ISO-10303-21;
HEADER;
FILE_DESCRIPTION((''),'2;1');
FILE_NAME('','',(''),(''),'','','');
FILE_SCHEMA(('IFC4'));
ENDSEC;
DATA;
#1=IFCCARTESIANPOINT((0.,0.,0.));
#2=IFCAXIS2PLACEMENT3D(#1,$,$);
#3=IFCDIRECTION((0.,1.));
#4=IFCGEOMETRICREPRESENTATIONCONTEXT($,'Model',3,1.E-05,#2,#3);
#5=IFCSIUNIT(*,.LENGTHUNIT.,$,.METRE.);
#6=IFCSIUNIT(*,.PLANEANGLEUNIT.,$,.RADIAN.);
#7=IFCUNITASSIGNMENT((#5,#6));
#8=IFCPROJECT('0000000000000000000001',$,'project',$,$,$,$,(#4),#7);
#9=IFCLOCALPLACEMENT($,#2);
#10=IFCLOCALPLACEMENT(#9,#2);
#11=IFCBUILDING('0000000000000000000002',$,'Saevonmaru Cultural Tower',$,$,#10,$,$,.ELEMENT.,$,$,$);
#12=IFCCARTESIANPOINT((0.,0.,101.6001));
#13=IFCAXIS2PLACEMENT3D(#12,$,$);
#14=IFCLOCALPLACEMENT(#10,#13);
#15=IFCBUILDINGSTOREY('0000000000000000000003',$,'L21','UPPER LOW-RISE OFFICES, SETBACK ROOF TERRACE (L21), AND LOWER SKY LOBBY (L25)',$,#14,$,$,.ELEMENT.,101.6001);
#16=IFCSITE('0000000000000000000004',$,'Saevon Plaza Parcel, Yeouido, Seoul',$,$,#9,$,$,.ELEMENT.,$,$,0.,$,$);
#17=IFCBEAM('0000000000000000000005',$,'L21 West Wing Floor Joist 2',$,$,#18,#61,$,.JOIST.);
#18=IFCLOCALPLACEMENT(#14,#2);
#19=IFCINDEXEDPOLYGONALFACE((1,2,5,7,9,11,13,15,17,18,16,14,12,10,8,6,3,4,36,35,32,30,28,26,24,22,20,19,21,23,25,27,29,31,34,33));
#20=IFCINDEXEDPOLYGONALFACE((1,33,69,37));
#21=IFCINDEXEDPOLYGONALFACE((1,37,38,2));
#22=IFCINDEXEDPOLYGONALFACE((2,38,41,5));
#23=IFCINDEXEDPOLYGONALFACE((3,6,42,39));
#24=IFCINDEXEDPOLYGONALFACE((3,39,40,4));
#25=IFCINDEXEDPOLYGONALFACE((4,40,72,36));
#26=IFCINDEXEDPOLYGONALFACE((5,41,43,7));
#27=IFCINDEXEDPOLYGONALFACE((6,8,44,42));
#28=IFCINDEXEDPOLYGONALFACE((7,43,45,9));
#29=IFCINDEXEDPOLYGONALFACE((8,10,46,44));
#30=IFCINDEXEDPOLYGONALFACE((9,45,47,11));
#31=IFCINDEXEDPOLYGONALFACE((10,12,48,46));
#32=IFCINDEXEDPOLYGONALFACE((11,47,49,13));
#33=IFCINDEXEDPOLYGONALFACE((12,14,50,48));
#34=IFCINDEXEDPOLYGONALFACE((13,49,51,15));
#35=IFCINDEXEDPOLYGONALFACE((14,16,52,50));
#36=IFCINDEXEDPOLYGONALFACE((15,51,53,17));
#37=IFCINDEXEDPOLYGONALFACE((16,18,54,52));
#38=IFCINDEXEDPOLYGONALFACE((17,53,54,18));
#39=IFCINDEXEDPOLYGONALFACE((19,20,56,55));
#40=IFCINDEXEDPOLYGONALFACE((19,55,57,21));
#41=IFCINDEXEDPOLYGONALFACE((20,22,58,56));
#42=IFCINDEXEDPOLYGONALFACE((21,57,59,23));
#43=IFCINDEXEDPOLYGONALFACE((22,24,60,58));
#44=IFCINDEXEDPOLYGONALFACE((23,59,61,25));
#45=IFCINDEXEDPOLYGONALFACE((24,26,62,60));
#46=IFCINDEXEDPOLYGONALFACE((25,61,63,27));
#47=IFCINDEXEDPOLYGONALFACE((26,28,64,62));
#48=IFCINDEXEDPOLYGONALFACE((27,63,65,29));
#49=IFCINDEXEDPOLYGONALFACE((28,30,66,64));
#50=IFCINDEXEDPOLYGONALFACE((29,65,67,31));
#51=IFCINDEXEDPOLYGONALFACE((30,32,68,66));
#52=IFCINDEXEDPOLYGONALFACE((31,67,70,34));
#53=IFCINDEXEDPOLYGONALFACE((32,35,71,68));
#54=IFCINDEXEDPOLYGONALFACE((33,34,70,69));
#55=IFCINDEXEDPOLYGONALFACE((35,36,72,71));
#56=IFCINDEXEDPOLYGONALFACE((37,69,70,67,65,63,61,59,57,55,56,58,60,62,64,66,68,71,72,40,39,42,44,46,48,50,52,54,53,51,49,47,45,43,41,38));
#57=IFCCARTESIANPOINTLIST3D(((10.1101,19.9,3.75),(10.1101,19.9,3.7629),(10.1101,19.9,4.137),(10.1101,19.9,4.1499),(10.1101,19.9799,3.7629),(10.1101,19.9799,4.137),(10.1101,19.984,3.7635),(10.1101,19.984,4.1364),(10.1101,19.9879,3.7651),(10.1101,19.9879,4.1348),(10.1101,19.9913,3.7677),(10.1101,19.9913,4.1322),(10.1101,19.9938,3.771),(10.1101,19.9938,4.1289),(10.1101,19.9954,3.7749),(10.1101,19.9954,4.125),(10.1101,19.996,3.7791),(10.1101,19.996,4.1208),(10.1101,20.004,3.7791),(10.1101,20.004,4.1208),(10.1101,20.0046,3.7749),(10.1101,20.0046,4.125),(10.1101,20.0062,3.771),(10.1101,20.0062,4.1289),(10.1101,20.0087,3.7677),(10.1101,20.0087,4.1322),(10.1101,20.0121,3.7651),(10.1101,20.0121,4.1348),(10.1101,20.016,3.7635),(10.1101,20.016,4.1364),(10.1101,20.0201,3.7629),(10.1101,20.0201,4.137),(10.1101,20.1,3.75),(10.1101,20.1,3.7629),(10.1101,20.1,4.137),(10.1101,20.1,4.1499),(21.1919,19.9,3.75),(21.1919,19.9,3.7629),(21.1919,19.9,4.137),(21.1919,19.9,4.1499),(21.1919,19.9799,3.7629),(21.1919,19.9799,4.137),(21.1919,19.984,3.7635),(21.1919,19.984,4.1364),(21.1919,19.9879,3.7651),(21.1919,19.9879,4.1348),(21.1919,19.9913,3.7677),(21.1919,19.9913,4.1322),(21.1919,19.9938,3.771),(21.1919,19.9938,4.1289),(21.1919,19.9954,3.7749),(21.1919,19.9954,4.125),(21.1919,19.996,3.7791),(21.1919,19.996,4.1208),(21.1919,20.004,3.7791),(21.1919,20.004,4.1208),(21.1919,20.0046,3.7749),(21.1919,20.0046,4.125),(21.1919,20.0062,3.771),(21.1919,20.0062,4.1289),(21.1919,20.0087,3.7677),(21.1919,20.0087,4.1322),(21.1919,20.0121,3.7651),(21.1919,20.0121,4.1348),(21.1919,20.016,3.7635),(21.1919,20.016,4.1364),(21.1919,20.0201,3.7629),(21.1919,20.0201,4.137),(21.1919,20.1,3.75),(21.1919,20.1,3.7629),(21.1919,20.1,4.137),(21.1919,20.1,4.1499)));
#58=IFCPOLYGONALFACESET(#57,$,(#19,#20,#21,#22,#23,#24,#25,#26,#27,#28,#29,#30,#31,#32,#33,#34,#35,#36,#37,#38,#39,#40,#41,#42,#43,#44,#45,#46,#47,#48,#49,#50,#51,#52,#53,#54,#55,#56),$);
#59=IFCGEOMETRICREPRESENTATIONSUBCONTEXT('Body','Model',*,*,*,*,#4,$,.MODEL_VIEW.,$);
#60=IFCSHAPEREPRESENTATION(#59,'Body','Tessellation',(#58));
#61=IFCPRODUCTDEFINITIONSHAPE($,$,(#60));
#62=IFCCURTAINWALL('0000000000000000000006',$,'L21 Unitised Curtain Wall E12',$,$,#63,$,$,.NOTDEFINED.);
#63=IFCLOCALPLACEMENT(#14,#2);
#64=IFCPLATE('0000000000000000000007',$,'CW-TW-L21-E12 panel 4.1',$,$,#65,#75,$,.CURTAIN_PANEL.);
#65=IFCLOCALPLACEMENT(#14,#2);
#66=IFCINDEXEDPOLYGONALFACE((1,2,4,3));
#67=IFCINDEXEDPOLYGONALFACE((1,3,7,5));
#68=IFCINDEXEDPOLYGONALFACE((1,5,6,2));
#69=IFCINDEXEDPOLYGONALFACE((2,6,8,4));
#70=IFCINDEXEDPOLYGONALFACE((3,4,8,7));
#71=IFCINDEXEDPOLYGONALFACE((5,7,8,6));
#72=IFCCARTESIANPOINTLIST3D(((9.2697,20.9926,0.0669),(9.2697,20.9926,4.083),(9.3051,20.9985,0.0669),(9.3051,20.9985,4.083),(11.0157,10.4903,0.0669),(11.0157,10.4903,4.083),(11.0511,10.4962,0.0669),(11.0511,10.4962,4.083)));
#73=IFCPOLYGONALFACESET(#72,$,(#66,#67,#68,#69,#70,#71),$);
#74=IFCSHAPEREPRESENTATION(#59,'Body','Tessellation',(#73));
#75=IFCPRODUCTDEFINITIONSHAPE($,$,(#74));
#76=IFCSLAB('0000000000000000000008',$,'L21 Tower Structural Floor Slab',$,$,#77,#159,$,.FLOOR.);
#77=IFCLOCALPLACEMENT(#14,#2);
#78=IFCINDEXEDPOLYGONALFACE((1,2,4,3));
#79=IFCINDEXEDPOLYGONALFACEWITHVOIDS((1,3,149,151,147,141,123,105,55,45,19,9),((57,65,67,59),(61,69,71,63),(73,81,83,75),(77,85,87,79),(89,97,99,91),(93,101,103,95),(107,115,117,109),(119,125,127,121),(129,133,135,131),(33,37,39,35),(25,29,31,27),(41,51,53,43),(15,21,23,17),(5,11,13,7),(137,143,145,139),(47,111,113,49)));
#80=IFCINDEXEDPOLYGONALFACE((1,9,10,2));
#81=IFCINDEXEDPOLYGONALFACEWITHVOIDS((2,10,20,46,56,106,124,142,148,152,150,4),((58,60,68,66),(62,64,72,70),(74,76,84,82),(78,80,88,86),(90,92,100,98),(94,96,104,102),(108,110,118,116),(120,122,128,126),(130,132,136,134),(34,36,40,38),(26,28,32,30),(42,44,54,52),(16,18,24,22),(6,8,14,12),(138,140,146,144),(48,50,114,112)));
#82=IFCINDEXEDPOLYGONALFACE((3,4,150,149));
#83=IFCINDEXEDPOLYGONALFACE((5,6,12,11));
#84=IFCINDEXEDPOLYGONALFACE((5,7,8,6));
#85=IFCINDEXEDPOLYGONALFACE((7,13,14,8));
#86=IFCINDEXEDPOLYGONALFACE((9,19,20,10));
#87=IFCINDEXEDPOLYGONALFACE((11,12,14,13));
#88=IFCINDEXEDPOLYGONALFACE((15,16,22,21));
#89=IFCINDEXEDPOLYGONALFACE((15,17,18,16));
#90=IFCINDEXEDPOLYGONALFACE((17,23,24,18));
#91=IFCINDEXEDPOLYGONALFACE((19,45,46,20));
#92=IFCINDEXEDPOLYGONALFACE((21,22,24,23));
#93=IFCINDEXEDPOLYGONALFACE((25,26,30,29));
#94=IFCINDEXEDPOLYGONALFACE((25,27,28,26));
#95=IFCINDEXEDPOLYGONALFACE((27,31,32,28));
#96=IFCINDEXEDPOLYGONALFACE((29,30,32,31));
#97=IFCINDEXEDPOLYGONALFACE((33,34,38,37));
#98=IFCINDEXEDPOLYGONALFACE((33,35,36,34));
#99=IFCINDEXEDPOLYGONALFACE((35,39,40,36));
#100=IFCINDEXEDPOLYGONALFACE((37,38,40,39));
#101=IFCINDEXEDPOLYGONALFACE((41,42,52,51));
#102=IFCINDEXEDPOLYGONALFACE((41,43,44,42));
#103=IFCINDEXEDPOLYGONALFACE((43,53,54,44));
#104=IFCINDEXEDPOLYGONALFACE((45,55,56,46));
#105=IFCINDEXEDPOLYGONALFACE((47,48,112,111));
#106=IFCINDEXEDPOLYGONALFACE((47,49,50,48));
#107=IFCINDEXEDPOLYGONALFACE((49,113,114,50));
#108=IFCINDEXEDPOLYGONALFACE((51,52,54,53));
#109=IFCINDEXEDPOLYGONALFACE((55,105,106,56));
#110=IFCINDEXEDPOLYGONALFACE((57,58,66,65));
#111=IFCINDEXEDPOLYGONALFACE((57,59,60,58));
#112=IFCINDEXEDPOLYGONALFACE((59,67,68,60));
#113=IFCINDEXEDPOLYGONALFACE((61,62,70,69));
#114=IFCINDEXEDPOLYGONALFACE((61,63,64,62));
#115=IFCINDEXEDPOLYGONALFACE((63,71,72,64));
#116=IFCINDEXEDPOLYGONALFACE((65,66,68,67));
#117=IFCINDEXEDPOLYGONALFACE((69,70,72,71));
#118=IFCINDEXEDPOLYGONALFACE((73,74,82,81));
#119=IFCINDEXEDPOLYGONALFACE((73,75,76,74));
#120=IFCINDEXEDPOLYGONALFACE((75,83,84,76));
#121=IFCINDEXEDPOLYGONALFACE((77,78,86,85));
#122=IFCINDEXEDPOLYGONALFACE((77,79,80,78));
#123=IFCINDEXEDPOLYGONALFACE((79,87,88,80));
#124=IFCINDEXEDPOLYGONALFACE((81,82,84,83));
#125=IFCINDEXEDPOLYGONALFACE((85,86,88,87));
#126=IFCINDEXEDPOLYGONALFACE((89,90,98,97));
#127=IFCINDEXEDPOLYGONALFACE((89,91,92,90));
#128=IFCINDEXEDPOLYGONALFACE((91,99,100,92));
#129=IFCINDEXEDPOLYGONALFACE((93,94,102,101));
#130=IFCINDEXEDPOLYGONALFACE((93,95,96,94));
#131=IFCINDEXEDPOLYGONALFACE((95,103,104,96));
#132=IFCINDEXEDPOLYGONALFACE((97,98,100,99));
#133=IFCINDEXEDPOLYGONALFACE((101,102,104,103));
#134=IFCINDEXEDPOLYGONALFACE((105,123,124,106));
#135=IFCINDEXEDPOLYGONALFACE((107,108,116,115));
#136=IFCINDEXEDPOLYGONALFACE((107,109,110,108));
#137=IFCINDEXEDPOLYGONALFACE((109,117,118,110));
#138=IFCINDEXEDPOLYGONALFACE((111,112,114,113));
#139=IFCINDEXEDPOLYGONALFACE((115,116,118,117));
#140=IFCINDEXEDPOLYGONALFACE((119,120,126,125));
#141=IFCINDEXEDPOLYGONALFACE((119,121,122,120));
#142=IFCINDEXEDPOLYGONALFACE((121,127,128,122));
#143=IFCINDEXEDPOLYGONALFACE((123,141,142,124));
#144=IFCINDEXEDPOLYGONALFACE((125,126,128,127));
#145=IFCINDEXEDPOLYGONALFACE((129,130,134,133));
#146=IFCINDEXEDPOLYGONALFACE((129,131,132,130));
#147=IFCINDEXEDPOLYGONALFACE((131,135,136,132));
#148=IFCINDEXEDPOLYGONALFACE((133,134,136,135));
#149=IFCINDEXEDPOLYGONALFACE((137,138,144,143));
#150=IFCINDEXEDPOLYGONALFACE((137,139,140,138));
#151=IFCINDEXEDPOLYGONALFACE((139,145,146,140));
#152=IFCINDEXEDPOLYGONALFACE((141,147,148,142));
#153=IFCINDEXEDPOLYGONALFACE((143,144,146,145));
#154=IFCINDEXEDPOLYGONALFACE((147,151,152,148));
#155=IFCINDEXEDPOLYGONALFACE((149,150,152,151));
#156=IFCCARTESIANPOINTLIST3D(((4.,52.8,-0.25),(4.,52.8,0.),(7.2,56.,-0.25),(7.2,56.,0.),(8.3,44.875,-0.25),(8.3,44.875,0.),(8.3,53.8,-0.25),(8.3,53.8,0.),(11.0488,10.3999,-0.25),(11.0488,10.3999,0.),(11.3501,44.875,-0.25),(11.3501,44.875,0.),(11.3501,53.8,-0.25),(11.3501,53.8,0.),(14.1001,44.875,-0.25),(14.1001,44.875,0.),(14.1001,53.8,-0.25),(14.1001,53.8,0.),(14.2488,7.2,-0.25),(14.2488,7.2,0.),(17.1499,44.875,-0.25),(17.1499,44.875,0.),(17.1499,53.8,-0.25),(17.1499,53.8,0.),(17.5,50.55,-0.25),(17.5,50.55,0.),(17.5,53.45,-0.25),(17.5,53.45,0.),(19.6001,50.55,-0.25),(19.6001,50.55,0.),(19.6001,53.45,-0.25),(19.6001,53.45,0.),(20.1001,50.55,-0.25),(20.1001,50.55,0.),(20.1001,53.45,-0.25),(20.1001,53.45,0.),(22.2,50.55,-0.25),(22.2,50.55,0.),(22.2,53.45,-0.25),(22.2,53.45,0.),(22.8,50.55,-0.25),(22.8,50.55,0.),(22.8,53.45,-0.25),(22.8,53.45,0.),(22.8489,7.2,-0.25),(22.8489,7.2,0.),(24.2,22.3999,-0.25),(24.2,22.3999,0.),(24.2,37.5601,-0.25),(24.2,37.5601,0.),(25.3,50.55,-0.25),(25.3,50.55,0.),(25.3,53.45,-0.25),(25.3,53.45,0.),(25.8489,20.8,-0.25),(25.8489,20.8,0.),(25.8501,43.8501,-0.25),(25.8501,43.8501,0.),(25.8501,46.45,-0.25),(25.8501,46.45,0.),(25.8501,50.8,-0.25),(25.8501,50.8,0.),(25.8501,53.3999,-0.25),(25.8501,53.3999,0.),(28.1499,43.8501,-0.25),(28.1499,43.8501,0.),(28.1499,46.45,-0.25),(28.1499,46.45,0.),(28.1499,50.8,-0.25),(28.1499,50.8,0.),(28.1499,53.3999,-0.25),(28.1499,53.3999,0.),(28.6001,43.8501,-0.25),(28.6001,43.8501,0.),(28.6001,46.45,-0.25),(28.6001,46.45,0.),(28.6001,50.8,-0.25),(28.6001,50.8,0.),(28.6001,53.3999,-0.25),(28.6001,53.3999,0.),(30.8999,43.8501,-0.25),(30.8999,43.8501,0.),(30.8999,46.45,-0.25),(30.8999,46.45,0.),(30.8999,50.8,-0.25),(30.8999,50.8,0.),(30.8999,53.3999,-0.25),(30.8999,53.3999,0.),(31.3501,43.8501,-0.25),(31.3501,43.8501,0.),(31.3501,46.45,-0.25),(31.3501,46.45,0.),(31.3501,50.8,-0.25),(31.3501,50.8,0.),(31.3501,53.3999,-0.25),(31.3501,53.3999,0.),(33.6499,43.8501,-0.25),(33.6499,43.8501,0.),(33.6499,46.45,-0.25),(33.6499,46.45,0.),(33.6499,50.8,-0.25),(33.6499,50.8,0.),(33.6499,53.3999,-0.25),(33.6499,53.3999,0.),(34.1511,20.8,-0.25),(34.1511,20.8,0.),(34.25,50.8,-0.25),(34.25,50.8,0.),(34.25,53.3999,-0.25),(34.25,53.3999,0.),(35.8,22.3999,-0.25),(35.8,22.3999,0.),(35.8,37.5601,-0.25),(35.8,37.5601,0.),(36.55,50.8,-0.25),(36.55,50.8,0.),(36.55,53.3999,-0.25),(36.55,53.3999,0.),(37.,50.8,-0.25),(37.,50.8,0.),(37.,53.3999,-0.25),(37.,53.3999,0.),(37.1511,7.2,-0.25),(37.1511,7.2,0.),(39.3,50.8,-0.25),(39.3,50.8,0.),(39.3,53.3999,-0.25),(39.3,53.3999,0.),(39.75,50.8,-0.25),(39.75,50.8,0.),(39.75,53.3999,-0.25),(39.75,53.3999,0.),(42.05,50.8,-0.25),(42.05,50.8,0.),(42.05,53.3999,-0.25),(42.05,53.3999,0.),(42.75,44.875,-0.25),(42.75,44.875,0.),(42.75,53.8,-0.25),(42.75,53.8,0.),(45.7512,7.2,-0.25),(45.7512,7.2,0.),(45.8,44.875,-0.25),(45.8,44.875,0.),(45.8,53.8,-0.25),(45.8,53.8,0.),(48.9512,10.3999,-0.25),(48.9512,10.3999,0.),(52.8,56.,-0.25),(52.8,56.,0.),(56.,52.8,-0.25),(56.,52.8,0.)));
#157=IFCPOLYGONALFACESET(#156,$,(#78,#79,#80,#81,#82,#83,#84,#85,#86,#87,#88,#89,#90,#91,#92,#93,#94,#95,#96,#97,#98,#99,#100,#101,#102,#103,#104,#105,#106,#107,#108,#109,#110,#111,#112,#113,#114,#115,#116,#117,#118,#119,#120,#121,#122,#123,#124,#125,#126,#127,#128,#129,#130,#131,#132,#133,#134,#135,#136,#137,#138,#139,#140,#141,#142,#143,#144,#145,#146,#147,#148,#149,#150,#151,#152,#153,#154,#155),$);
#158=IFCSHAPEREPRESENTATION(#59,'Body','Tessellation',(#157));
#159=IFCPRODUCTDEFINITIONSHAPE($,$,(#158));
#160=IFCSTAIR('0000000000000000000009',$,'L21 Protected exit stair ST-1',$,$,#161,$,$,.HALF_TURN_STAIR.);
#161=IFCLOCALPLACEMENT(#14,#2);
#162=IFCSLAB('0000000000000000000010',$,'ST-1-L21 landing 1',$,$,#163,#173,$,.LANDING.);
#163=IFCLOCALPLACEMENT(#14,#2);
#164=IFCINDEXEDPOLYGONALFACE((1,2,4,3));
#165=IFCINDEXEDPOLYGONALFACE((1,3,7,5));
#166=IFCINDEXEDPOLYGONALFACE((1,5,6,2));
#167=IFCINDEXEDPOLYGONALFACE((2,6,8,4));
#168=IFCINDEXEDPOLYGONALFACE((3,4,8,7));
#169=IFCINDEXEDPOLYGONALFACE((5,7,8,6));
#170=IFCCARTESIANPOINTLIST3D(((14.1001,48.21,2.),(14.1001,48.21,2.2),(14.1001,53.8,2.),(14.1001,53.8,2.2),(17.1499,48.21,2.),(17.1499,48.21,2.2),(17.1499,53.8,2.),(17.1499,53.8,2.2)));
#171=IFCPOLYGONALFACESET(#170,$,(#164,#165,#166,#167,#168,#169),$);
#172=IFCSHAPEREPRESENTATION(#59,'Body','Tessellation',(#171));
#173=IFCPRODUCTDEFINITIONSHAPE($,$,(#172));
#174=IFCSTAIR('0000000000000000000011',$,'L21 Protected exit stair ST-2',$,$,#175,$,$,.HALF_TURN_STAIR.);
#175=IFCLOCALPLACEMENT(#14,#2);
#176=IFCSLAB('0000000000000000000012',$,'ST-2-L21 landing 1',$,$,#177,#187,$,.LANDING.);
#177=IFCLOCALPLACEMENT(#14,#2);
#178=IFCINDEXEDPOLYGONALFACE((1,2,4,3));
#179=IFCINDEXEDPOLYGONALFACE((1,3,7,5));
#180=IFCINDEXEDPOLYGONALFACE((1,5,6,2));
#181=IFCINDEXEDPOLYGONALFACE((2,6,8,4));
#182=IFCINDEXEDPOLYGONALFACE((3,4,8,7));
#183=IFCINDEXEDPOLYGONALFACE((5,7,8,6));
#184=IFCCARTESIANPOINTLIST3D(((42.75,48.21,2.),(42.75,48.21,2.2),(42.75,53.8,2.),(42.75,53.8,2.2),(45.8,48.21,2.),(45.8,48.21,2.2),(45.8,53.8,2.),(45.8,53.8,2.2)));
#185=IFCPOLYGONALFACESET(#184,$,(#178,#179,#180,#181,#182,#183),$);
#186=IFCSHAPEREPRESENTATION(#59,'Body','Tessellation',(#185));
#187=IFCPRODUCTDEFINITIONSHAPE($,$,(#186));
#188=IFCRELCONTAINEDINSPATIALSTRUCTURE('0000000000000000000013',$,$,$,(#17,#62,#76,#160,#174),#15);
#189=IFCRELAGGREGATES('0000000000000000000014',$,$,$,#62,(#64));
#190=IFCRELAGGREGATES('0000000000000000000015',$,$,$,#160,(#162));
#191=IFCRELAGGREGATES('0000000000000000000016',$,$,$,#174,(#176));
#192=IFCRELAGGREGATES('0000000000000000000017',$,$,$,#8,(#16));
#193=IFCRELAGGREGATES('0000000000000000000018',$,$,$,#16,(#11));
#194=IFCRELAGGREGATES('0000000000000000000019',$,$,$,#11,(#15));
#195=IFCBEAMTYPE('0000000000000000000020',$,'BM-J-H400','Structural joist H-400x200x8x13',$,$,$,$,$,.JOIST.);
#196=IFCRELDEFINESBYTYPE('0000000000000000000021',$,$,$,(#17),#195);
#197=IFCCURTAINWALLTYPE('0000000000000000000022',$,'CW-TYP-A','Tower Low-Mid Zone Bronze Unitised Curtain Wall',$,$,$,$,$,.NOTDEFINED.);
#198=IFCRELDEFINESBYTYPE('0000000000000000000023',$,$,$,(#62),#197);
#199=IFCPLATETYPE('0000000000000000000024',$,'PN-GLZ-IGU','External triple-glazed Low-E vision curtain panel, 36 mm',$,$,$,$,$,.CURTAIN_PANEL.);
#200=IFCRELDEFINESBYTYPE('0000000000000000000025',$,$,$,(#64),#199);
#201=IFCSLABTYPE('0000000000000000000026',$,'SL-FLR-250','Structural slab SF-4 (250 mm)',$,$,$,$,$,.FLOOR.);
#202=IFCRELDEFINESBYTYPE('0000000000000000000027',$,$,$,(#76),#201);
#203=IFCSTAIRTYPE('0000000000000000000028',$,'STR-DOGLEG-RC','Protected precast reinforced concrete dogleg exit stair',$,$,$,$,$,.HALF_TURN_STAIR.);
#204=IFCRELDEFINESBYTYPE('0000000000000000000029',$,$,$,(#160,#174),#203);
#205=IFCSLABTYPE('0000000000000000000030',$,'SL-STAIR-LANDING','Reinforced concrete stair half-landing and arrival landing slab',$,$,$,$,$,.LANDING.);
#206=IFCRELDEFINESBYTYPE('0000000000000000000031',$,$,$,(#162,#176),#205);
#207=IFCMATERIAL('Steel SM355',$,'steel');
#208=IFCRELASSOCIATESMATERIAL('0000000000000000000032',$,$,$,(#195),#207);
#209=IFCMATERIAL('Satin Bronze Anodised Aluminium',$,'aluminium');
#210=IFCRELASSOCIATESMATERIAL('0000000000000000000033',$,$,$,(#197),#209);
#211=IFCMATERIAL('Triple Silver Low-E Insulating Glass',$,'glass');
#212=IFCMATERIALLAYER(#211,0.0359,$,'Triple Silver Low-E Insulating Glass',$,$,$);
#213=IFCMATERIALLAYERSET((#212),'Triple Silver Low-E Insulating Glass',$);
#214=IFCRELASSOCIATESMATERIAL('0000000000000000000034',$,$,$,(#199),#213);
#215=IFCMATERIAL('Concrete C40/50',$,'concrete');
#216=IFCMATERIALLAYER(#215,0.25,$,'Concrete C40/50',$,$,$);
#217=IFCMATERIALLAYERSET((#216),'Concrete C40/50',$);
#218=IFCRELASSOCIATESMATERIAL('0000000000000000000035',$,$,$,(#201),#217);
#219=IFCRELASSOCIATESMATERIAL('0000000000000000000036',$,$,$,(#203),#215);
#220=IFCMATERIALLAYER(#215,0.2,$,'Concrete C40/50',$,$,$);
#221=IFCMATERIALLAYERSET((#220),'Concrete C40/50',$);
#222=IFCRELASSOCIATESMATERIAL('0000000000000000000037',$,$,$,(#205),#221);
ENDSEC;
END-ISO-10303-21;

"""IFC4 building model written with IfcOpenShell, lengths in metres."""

from ifc_helpers import new_model, si_unit, direction, frame, origin, origin_2d, place, context, subcontext, project, spatial, polyline, rectangle, i_section, outline, extrude, material, layer, layer_set, material_profile, profile_set, type_object, element, aggregate, save


model = new_model("IFC4")

# Units and contexts
model_context = context("Model", 3, precision=1e-05, world=origin(), true_north=direction((0.0, 1.0)))
body_context = subcontext(model_context, "Body", "Model", "MODEL_VIEW")
ifc_project = project(units=[si_unit("LENGTHUNIT", "METRE"), si_unit("PLANEANGLEUNIT", "RADIAN")], contexts=[model_context])

# Site, building, storey
site_placement = place(None, origin())
site = spatial("IfcSite", under=ifc_project, at=site_placement, Name="Saevon Plaza Parcel, Yeouido, Seoul", CompositionType="ELEMENT", RefElevation=0.0)
building_placement = place(site_placement, origin())
building = spatial("IfcBuilding", under=site, at=building_placement, Name="Saevonmaru Cultural Tower", CompositionType="ELEMENT")
storey_placement = place(building_placement, frame((0.0, 0.0, 101.6001)))
storey = spatial("IfcBuildingStorey", under=building, at=storey_placement, Name="L21", Description="UPPER LOW-RISE OFFICES, SETBACK ROOF TERRACE (L21), AND LOWER SKY LOBBY (L25)", CompositionType="ELEMENT", Elevation=101.6001)

# Beam
ifc_material_1 = material(Name="Steel SM355", Category="steel")
ifc_material_profile = material_profile(ifc_material_1, i_section(OverallWidth=0.2, OverallDepth=0.3999, WebThickness=0.0081, FlangeThickness=0.0129, FilletRadius=0.0161, at=origin_2d()), Name="H-400x200x8x13")
ifc_profile_set = profile_set([ifc_material_profile], Name="Steel SM355")
beam_type = type_object("IfcBeamType", Name="BM-J-H400", Description="Structural joist H-400x200x8x13", PredefinedType="JOIST", material=ifc_profile_set)
beam_placement = place(storey_placement, frame((10.1101, 20.0, 3.95), z_axis=(1.0, 0.0, 0.0), x_axis=(0.0, 1.0, 0.0)))
element("IfcBeam", 1, at=beam_placement, inside=storey, type_object=beam_type, Name="L21 West Wing Floor Joist 2", PredefinedType="JOIST", context=body_context, shape_type="SweptSolid", body=[
    extrude(i_section(OverallWidth=0.2, OverallDepth=0.3999, WebThickness=0.0081, FlangeThickness=0.0129, FilletRadius=0.0161, at=origin_2d()), origin(), (0.0, 0.0, 1.0), 11.0818),
])

# Curtain wall, plate
ifc_material_2 = material(Name="Satin Bronze Anodised Aluminium", Category="aluminium")
curtain_wall_type = type_object("IfcCurtainWallType", Name="CW-TYP-A", Description="Tower Low-Mid Zone Bronze Unitised Curtain Wall", PredefinedType="NOTDEFINED", material=ifc_material_2)
curtain_wall_placement = place(storey_placement, origin())
curtain_wall = element("IfcCurtainWall", 2, at=curtain_wall_placement, inside=storey, type_object=curtain_wall_type, Name="L21 Unitised Curtain Wall E12", PredefinedType="NOTDEFINED")
ifc_material_3 = material(Name="Triple Silver Low-E Insulating Glass", Category="glass")
ifc_layer_1 = layer(ifc_material_3, 0.0359, Name="Triple Silver Low-E Insulating Glass")
ifc_layer_set_1 = layer_set([ifc_layer_1], Name="Triple Silver Low-E Insulating Glass")
plate_type = type_object("IfcPlateType", Name="PN-GLZ-IGU", Description="External triple-glazed Low-E vision curtain panel, 36 mm", PredefinedType="CURTAIN_PANEL", material=ifc_layer_set_1)
plate_placement = place(storey_placement, frame((10.1604, 15.7444, 0.0669), z_axis=(0.0, 0.0, 1.0), x_axis=(0.163999, -0.986461, 0.0)))
plate = element("IfcPlate", 3, at=plate_placement, type_object=plate_type, Name="CW-TW-L21-E12 panel 4.1", PredefinedType="CURTAIN_PANEL", context=body_context, shape_type="SweptSolid", body=[
    extrude(rectangle(XDim=10.6465, YDim=0.0359, at=origin_2d()), origin(), (0.0, 0.0, 1.0), 4.0161),
])
aggregate(curtain_wall, [plate])

# Slab
ifc_material_4 = material(Name="Concrete C40/50", Category="concrete")
ifc_layer_2 = layer(ifc_material_4, 0.25, Name="Concrete C40/50")
ifc_layer_set_2 = layer_set([ifc_layer_2], Name="Concrete C40/50")
slab_type_1 = type_object("IfcSlabType", Name="SL-FLR-250", Description="Structural slab SF-4 (250 mm)", PredefinedType="FLOOR", material=ifc_layer_set_2)
slab_1_placement = place(storey_placement, frame((0.0, 0.0, -0.25)))
element("IfcSlab", 4, at=slab_1_placement, inside=storey, type_object=slab_type_1, Name="L21 Tower Structural Floor Slab", PredefinedType="FLOOR", context=body_context, shape_type="SweptSolid", body=[
    extrude(outline(polyline([(11.0488, 10.3999), (14.2488, 7.2), (22.8489, 7.2), (25.8489, 20.8), (34.1511, 20.8), (37.1511, 7.2), (45.7512, 7.2), (48.9512, 10.3999), (56.0, 52.8), (52.8, 56.0), (7.2, 56.0), (4.0, 52.8), (11.0488, 10.3999)]), holes=[polyline([(45.8, 44.875), (42.75, 44.875), (42.75, 53.8), (45.8, 53.8), (45.8, 44.875)]), polyline([(39.75, 50.8), (39.75, 53.3999), (42.05, 53.3999), (42.05, 50.8), (39.75, 50.8)]), polyline([(37.0, 50.8), (37.0, 53.3999), (39.3, 53.3999), (39.3, 50.8), (37.0, 50.8)]), polyline([(34.25, 50.8), (34.25, 53.3999), (36.55, 53.3999), (36.55, 50.8), (34.25, 50.8)]), polyline([(24.2, 22.3999), (24.2, 37.5601), (35.8, 37.5601), (35.8, 22.3999), (24.2, 22.3999)]), polyline([(31.3501, 50.8), (31.3501, 53.3999), (33.6499, 53.3999), (33.6499, 50.8), (31.3501, 50.8)]), polyline([(31.3501, 43.8501), (31.3501, 46.45), (33.6499, 46.45), (33.6499, 43.8501), (31.3501, 43.8501)]), polyline([(28.6001, 43.8501), (28.6001, 46.45), (30.8999, 46.45), (30.8999, 43.8501), (28.6001, 43.8501)]), polyline([(28.6001, 50.8), (28.6001, 53.3999), (30.8999, 53.3999), (30.8999, 50.8), (28.6001, 50.8)]), polyline([(25.8501, 50.8), (25.8501, 53.3999), (28.1499, 53.3999), (28.1499, 50.8), (25.8501, 50.8)]), polyline([(25.8501, 43.8501), (25.8501, 46.45), (28.1499, 46.45), (28.1499, 43.8501), (25.8501, 43.8501)]), polyline([(22.8, 50.55), (22.8, 53.45), (25.3, 53.45), (25.3, 50.55), (22.8, 50.55)]), polyline([(20.1001, 50.55), (20.1001, 53.45), (22.2, 53.45), (22.2, 50.55), (20.1001, 50.55)]), polyline([(17.5, 50.55), (17.5, 53.45), (19.6001, 53.45), (19.6001, 50.55), (17.5, 50.55)]), polyline([(17.1499, 44.875), (14.1001, 44.875), (14.1001, 53.8), (17.1499, 53.8), (17.1499, 44.875)]), polyline([(11.3501, 44.875), (8.3, 44.875), (8.3, 53.8), (11.3501, 53.8), (11.3501, 44.875)])]), origin(), (0.0, 0.0, 1.0), 0.25),
])

# Stairs, slabs
stair_type = type_object("IfcStairType", Name="STR-DOGLEG-RC", Description="Protected precast reinforced concrete dogleg exit stair", PredefinedType="HALF_TURN_STAIR", material=ifc_material_4)
stair_1_placement = place(storey_placement, origin())
stair_1 = element("IfcStair", 5, at=stair_1_placement, inside=storey, type_object=stair_type, Name="L21 Protected exit stair ST-1", PredefinedType="HALF_TURN_STAIR")
ifc_layer_3 = layer(ifc_material_4, 0.2, Name="Concrete C40/50")
ifc_layer_set_3 = layer_set([ifc_layer_3], Name="Concrete C40/50")
slab_type_2 = type_object("IfcSlabType", Name="SL-STAIR-LANDING", Description="Reinforced concrete stair half-landing and arrival landing slab", PredefinedType="LANDING", material=ifc_layer_set_3)
slab_2_placement = place(storey_placement, frame((0.0, 0.0, 2.0)))
slab_2 = element("IfcSlab", 6, at=slab_2_placement, type_object=slab_type_2, Name="ST-1-L21 landing 1", PredefinedType="LANDING", context=body_context, shape_type="SweptSolid", body=[
    extrude(outline(polyline([(17.1499, 48.21), (17.1499, 53.8), (14.1001, 53.8), (14.1001, 48.21), (17.1499, 48.21)])), origin(), (0.0, 0.0, 1.0), 0.2),
])
aggregate(stair_1, [slab_2])
stair_2_placement = place(storey_placement, origin())
stair_2 = element("IfcStair", 7, at=stair_2_placement, inside=storey, type_object=stair_type, Name="L21 Protected exit stair ST-2", PredefinedType="HALF_TURN_STAIR")
slab_3_placement = place(storey_placement, frame((0.0, 0.0, 2.0)))
slab_3 = element("IfcSlab", 8, at=slab_3_placement, type_object=slab_type_2, Name="ST-2-L21 landing 1", PredefinedType="LANDING", context=body_context, shape_type="SweptSolid", body=[
    extrude(outline(polyline([(45.8, 48.21), (45.8, 53.8), (42.75, 53.8), (42.75, 48.21), (45.8, 48.21)])), origin(), (0.0, 0.0, 1.0), 0.2),
])
aggregate(stair_2, [slab_3])

save(model, "model.ifc")
